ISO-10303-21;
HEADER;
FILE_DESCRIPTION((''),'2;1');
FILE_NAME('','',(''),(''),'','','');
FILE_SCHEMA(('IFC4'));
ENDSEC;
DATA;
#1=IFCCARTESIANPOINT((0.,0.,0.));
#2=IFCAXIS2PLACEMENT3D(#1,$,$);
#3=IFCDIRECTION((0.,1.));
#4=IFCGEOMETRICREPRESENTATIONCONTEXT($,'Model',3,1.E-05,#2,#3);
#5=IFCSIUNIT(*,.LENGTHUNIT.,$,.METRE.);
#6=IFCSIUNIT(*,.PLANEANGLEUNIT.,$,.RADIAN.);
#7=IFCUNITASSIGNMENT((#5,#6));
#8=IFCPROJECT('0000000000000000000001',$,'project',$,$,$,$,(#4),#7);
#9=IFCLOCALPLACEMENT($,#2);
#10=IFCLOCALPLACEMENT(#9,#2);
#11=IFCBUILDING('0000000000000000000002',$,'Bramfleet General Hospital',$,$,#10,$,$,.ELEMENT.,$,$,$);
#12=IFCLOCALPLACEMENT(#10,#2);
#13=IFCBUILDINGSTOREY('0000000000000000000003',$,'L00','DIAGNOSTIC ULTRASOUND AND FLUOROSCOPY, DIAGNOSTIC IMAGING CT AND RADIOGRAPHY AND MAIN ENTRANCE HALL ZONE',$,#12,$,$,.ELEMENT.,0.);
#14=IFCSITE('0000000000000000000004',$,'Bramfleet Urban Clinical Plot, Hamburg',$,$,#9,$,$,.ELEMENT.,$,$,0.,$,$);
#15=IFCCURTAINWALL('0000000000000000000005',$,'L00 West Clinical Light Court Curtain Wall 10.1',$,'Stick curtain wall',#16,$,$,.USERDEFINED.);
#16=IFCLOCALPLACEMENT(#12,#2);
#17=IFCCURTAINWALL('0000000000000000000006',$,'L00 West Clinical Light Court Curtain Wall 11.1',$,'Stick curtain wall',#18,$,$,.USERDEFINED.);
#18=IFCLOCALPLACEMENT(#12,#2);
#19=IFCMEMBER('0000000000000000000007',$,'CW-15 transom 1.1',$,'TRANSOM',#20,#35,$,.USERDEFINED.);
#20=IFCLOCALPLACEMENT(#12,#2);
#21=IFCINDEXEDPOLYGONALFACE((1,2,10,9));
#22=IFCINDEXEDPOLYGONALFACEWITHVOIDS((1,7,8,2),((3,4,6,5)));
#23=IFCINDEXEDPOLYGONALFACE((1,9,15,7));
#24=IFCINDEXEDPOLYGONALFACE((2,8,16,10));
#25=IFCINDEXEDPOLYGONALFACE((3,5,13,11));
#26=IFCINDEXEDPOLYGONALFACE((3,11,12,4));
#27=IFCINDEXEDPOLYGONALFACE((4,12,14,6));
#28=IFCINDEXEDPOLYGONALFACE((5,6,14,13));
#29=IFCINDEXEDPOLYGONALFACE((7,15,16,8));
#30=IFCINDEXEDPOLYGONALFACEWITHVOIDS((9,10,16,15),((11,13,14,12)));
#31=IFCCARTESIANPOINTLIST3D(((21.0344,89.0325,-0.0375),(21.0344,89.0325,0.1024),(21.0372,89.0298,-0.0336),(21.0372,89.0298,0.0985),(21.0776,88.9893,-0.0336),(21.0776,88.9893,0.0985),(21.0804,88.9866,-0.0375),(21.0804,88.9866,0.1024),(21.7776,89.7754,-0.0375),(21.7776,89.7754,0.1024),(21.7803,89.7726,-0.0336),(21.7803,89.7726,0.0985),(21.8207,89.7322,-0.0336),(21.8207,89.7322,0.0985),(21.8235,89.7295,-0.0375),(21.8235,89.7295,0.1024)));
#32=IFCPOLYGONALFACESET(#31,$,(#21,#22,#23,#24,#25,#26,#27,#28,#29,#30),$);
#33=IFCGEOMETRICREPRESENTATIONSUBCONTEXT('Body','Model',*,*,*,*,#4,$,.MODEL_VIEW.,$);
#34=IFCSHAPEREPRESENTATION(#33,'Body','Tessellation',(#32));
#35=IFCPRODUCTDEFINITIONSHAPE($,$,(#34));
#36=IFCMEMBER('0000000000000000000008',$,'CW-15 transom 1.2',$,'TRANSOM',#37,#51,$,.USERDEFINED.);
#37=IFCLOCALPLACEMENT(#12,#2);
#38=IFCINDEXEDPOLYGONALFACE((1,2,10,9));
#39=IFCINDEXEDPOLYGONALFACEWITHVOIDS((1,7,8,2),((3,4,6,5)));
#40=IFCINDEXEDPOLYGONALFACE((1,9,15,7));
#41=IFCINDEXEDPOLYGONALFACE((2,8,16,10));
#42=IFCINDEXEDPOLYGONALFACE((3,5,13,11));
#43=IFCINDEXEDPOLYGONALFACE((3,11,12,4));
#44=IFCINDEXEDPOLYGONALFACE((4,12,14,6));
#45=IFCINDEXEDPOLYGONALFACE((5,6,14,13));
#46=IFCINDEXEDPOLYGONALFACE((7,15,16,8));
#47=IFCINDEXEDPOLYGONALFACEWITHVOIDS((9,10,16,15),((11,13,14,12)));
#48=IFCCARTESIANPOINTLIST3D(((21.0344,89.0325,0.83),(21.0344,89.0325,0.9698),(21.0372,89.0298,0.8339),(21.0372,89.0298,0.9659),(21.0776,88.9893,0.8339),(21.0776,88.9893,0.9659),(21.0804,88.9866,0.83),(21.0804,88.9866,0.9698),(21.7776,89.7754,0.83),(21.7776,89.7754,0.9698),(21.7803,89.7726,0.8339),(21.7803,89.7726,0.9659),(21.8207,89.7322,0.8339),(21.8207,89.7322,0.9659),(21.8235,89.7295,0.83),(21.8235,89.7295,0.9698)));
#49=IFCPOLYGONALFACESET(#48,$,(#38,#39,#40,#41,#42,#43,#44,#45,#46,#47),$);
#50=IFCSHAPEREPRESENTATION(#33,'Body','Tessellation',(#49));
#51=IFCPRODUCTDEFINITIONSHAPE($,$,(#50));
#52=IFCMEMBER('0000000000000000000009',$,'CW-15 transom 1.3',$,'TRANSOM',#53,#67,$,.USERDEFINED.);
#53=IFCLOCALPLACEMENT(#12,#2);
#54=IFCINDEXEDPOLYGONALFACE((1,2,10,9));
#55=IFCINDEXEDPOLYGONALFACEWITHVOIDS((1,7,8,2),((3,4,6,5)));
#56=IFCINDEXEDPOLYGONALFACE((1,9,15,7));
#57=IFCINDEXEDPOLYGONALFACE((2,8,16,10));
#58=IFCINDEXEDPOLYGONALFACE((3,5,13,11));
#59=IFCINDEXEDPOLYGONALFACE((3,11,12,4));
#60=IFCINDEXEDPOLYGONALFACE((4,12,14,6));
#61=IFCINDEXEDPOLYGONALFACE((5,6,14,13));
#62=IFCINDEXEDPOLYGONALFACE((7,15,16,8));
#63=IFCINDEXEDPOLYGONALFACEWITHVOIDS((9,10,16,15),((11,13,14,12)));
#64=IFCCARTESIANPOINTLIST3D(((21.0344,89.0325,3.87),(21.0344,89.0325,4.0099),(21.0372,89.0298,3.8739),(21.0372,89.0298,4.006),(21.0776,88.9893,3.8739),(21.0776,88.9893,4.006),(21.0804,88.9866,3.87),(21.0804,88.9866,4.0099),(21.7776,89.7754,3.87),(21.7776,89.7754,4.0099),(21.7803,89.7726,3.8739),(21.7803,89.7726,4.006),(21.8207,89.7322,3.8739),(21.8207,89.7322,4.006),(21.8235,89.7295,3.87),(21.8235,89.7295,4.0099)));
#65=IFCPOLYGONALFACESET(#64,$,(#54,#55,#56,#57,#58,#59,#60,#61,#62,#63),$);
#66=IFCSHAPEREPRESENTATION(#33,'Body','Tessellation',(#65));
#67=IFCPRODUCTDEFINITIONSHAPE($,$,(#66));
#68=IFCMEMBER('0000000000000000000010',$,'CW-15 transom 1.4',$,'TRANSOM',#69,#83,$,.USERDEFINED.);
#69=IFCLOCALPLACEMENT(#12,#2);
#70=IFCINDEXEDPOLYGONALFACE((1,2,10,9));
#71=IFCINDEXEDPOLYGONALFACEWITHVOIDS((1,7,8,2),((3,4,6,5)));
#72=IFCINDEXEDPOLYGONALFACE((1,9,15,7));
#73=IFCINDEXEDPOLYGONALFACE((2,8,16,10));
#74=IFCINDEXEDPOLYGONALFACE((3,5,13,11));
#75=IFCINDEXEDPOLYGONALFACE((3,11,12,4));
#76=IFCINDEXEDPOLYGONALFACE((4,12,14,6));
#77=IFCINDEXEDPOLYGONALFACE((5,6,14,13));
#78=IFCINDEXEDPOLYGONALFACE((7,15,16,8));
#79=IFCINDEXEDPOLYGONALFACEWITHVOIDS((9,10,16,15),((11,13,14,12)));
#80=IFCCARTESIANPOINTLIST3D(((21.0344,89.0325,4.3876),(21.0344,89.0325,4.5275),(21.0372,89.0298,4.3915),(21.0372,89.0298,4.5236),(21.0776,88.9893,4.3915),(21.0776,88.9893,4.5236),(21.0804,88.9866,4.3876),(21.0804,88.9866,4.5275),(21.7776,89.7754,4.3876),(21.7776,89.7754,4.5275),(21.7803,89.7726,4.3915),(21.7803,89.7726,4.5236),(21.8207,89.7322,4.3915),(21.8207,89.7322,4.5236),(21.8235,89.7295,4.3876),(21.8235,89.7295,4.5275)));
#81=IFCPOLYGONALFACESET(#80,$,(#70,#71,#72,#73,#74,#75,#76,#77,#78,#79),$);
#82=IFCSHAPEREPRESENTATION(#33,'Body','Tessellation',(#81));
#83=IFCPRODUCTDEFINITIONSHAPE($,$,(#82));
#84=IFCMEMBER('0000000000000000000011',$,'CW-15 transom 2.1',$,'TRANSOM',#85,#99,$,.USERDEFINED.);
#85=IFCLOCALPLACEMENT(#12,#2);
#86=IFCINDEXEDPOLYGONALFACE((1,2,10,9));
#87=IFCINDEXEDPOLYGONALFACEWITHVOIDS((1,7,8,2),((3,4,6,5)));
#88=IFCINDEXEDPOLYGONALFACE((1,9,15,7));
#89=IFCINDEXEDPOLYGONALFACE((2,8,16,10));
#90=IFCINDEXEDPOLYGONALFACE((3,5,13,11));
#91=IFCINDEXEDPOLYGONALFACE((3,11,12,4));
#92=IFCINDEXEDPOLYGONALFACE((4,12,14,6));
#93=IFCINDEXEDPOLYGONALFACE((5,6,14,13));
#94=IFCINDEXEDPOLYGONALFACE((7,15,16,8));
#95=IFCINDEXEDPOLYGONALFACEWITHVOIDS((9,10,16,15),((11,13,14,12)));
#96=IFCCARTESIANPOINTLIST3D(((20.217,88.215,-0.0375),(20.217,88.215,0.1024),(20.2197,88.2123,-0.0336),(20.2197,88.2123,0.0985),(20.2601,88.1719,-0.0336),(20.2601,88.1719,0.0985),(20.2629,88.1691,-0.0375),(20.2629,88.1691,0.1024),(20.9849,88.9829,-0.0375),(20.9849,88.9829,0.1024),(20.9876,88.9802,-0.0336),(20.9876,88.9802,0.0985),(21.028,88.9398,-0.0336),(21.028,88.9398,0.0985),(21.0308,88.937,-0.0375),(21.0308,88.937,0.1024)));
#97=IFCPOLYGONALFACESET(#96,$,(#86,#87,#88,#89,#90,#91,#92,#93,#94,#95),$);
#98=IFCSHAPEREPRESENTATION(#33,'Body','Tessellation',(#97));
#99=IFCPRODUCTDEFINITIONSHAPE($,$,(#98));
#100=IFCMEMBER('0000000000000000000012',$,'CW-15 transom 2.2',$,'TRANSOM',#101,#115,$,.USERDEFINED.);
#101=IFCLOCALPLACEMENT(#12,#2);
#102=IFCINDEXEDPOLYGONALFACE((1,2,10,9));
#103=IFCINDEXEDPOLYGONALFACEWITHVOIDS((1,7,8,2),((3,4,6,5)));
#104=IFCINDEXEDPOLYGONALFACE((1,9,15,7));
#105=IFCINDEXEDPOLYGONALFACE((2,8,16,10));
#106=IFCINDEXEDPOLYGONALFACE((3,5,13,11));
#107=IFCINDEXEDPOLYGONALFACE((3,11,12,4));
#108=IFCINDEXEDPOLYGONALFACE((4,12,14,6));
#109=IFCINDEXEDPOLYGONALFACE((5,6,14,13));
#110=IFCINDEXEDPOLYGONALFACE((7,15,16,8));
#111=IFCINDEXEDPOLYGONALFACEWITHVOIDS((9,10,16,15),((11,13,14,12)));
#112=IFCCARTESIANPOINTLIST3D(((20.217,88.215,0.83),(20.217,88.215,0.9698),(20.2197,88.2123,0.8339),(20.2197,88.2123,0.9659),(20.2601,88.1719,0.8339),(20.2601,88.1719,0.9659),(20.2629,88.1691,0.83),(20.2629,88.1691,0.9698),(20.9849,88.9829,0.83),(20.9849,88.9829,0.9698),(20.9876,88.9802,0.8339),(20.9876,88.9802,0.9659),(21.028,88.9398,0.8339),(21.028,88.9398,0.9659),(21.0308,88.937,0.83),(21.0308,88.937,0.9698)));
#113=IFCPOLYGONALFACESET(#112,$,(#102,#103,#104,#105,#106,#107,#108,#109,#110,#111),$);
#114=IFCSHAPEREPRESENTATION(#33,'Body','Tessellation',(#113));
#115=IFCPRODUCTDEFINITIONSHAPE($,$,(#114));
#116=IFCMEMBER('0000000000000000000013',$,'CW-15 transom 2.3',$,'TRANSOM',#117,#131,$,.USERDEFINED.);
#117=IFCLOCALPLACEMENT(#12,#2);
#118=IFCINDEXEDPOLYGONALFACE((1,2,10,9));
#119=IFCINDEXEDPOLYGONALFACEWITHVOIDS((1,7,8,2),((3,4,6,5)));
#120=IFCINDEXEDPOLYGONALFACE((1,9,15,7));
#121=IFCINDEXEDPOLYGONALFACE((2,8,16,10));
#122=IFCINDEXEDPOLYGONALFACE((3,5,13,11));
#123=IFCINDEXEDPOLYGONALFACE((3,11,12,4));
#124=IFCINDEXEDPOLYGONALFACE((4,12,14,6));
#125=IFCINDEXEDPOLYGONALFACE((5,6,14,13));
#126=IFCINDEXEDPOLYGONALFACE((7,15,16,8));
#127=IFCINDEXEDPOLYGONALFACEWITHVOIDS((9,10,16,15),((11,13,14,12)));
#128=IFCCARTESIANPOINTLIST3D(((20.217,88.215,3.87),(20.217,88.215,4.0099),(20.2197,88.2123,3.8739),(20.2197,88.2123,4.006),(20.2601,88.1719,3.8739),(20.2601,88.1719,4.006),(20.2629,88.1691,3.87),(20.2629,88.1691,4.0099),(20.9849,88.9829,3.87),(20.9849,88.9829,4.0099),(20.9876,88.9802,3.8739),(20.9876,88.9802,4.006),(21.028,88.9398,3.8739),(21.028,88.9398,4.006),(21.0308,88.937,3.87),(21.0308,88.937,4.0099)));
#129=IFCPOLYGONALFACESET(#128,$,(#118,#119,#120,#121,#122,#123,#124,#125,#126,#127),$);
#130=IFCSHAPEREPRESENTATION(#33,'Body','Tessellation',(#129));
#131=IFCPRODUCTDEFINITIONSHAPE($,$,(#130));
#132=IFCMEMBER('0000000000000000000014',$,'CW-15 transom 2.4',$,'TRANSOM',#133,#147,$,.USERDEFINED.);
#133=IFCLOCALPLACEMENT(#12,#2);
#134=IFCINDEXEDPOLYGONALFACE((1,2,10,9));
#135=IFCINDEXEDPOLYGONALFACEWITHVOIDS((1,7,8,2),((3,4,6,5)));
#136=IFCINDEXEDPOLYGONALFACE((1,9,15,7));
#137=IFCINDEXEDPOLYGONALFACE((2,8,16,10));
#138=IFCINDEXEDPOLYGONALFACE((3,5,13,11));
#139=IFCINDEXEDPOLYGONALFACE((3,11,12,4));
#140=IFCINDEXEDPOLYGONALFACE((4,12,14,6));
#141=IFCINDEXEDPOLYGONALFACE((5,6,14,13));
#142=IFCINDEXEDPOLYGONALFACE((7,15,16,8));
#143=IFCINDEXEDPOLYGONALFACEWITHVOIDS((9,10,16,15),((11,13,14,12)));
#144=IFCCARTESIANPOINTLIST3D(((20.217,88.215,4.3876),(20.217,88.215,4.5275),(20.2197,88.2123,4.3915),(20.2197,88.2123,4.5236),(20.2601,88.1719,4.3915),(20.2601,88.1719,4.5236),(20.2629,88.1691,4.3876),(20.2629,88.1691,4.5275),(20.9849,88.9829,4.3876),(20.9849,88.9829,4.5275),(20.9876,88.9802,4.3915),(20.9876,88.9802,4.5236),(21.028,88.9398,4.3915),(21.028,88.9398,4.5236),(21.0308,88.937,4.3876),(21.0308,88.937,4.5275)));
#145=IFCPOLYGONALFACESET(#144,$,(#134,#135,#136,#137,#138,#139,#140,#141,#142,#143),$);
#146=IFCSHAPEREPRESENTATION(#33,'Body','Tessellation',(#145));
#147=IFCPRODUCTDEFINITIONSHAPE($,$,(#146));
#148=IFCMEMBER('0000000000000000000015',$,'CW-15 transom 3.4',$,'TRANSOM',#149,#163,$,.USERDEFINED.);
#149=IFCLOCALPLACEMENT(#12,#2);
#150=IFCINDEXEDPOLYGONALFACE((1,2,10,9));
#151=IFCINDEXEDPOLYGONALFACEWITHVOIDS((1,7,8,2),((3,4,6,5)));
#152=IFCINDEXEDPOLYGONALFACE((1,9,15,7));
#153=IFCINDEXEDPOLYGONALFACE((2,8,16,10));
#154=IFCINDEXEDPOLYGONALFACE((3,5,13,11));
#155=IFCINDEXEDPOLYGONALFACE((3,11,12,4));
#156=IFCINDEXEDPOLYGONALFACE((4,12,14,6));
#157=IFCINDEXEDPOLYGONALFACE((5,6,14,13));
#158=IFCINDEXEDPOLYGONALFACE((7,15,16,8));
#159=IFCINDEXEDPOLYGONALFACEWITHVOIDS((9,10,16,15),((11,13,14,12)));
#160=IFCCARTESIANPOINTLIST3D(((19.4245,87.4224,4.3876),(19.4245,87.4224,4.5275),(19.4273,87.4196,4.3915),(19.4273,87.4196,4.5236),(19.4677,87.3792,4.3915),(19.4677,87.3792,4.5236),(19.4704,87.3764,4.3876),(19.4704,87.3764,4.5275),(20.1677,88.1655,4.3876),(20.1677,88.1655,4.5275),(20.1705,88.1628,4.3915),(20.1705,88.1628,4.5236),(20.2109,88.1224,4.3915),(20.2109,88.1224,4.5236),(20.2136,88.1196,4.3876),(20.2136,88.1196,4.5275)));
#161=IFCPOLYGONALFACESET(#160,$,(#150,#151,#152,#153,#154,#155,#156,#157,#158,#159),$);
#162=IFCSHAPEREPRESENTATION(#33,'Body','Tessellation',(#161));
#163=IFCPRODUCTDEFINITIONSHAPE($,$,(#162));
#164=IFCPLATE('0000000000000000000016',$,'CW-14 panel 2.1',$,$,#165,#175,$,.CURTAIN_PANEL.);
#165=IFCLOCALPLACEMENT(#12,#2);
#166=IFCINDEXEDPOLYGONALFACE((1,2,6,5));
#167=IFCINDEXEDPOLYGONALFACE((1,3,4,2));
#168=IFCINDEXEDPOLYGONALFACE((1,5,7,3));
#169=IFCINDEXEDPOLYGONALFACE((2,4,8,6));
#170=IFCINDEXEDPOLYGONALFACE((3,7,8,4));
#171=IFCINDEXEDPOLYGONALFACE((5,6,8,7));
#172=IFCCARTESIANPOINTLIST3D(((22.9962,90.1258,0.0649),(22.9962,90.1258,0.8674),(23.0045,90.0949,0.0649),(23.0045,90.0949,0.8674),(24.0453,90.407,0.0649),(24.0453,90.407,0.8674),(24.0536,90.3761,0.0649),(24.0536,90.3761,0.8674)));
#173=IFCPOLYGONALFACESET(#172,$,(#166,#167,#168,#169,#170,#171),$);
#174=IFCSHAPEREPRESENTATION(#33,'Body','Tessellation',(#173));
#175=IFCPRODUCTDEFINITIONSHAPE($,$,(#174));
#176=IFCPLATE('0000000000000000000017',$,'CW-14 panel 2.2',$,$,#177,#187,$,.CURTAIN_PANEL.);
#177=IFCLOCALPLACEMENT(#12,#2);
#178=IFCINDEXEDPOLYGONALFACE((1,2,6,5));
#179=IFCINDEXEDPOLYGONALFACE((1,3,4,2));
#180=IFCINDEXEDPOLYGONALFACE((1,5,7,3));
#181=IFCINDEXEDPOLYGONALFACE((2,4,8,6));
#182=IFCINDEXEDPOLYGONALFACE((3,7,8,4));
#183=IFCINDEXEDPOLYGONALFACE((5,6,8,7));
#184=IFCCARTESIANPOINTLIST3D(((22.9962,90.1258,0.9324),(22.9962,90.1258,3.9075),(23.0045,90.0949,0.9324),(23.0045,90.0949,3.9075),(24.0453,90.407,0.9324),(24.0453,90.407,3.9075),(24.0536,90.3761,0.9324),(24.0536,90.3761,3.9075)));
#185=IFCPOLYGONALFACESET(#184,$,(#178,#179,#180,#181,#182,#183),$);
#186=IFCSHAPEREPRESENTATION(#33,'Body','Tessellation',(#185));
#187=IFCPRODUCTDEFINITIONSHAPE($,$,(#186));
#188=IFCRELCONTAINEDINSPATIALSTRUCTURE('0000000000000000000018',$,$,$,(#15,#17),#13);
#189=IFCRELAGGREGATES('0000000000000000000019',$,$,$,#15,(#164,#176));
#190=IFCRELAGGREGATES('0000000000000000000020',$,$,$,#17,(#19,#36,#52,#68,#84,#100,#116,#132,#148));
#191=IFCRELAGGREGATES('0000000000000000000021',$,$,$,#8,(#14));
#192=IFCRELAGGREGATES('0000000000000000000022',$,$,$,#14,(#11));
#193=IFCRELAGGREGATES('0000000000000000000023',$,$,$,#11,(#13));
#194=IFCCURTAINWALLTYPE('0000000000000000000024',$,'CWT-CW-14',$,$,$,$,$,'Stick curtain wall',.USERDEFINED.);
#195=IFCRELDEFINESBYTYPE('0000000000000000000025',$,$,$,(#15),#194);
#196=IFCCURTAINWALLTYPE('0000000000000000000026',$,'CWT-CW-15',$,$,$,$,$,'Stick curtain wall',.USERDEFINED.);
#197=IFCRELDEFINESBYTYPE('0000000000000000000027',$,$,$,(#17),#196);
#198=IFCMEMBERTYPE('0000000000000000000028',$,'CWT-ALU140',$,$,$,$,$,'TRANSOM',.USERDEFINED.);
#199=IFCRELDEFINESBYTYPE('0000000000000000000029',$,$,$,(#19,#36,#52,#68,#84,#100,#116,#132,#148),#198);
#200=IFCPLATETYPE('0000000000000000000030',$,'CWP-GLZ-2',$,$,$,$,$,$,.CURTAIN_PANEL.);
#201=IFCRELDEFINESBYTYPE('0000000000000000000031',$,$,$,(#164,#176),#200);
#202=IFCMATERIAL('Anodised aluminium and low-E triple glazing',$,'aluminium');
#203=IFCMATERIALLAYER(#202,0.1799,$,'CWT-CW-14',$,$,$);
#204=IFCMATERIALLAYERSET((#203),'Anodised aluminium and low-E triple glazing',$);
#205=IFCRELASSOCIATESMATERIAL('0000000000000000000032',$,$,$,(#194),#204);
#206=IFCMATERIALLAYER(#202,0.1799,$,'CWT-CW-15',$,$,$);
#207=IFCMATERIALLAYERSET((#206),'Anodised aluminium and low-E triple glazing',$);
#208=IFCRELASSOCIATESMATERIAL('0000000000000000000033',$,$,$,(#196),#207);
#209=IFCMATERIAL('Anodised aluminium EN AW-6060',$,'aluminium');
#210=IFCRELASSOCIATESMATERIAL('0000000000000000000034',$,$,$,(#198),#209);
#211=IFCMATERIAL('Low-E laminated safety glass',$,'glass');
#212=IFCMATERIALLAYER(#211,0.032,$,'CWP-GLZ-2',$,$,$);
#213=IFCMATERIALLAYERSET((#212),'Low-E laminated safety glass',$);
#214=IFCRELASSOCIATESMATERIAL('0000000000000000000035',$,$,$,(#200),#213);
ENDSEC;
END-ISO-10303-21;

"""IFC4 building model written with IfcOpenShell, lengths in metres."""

from ifc_helpers import new_model, si_unit, direction, frame, origin, origin_2d, place, context, subcontext, project, spatial, rectangle, hollow_rectangle, extrude, material, layer, layer_set, material_profile, profile_set, type_object, element, aggregate, save


model = new_model("IFC4")

# Units and contexts
model_context = context("Model", 3, precision=1e-05, world=origin(), true_north=direction((0.0, 1.0)))
body_context = subcontext(model_context, "Body", "Model", "MODEL_VIEW")
ifc_project = project(units=[si_unit("LENGTHUNIT", "METRE"), si_unit("PLANEANGLEUNIT", "RADIAN")], contexts=[model_context])

# Site, building, storey
site_placement = place(None, origin())
site = spatial("IfcSite", under=ifc_project, at=site_placement, Name="Bramfleet Urban Clinical Plot, Hamburg", CompositionType="ELEMENT", RefElevation=0.0)
building_placement = place(site_placement, origin())
building = spatial("IfcBuilding", under=site, at=building_placement, Name="Bramfleet General Hospital", CompositionType="ELEMENT")
storey_placement = place(building_placement, origin())
storey = spatial("IfcBuildingStorey", under=building, at=storey_placement, Name="L00", Description="DIAGNOSTIC ULTRASOUND AND FLUOROSCOPY, DIAGNOSTIC IMAGING CT AND RADIOGRAPHY AND MAIN ENTRANCE HALL ZONE", CompositionType="ELEMENT", Elevation=0.0)

# Curtain walls
ifc_material_1 = material(Name="Anodised aluminium and low-E triple glazing", Category="aluminium")
ifc_layer_1 = layer(ifc_material_1, 0.1799, Name="CWT-CW-14")
ifc_layer_set_1 = layer_set([ifc_layer_1], Name="Anodised aluminium and low-E triple glazing")
curtain_wall_type_1 = type_object("IfcCurtainWallType", Name="CWT-CW-14", ElementType="Stick curtain wall", PredefinedType="USERDEFINED", material=ifc_layer_set_1)
curtain_wall_1_placement = place(storey_placement, origin())
curtain_wall_1 = element("IfcCurtainWall", 1, at=curtain_wall_1_placement, inside=storey, type_object=curtain_wall_type_1, Name="L00 West Clinical Light Court Curtain Wall 10.1", ObjectType="Stick curtain wall", PredefinedType="USERDEFINED")
ifc_material_2 = material(Name="Anodised aluminium EN AW-6060", Category="aluminium")
ifc_layer_2 = layer(ifc_material_1, 0.1799, Name="CWT-CW-15")
ifc_layer_set_2 = layer_set([ifc_layer_2], Name="Anodised aluminium and low-E triple glazing")
curtain_wall_type_2 = type_object("IfcCurtainWallType", Name="CWT-CW-15", ElementType="Stick curtain wall", PredefinedType="USERDEFINED", material=ifc_layer_set_2)
curtain_wall_2_placement = place(storey_placement, origin())
curtain_wall_2 = element("IfcCurtainWall", 2, at=curtain_wall_2_placement, inside=storey, type_object=curtain_wall_type_2, Name="L00 West Clinical Light Court Curtain Wall 11.1", ObjectType="Stick curtain wall", PredefinedType="USERDEFINED")

# Members
ifc_material_profile_1 = material_profile(ifc_material_2, hollow_rectangle(XDim=0.0649, YDim=0.1399, WallThickness=0.0039, at=origin_2d()), Name="ALU 140x65x4.0")
ifc_profile_set_1 = profile_set([ifc_material_profile_1], Name="Anodised aluminium EN AW-6060")
member_type_1 = type_object("IfcMemberType", Name="CWT-ALU140", ElementType="TRANSOM", PredefinedType="USERDEFINED", material=ifc_profile_set_1)
member_1_placement = place(storey_placement, frame((21.8005, 89.7524, 0.0325), z_axis=(-0.707223, -0.706991, 0.0), x_axis=(0.706991, -0.707223, 0.0)))
member_1 = element("IfcMember", 3, at=member_1_placement, type_object=member_type_1, Name="CW-15 transom 1.1", ObjectType="TRANSOM", PredefinedType="USERDEFINED", context=body_context, shape_type="SweptSolid", body=[
    extrude(hollow_rectangle(XDim=0.0649, YDim=0.1399, WallThickness=0.0039, at=origin_2d()), origin(), (0.0, 0.0, 1.0), 1.0508),
])
member_2_placement = place(storey_placement, frame((21.8005, 89.7524, 0.8999), z_axis=(-0.707223, -0.706991, 0.0), x_axis=(0.706991, -0.707223, 0.0)))
member_2 = element("IfcMember", 4, at=member_2_placement, type_object=member_type_1, Name="CW-15 transom 1.2", ObjectType="TRANSOM", PredefinedType="USERDEFINED", context=body_context, shape_type="SweptSolid", body=[
    extrude(hollow_rectangle(XDim=0.0649, YDim=0.1399, WallThickness=0.0039, at=origin_2d()), origin(), (0.0, 0.0, 1.0), 1.0508),
])
member_3_placement = place(storey_placement, frame((21.8005, 89.7524, 3.9399), z_axis=(-0.707223, -0.706991, 0.0), x_axis=(0.706991, -0.707223, 0.0)))
member_3 = element("IfcMember", 5, at=member_3_placement, type_object=member_type_1, Name="CW-15 transom 1.3", ObjectType="TRANSOM", PredefinedType="USERDEFINED", context=body_context, shape_type="SweptSolid", body=[
    extrude(hollow_rectangle(XDim=0.0649, YDim=0.1399, WallThickness=0.0039, at=origin_2d()), origin(), (0.0, 0.0, 1.0), 1.0508),
])
member_4_placement = place(storey_placement, frame((21.8005, 89.7524, 4.4575), z_axis=(-0.707223, -0.706991, 0.0), x_axis=(0.706991, -0.707223, 0.0)))
member_4 = element("IfcMember", 6, at=member_4_placement, type_object=member_type_1, Name="CW-15 transom 1.4", ObjectType="TRANSOM", PredefinedType="USERDEFINED", context=body_context, shape_type="SweptSolid", body=[
    extrude(hollow_rectangle(XDim=0.0649, YDim=0.1399, WallThickness=0.0039, at=origin_2d()), origin(), (0.0, 0.0, 1.0), 1.0508),
])
member_5_placement = place(storey_placement, frame((21.0078, 88.96, 0.0325), z_axis=(-0.707107, -0.707107, 0.0), x_axis=(0.707107, -0.707107, 0.0)))
member_5 = element("IfcMember", 7, at=member_5_placement, type_object=member_type_1, Name="CW-15 transom 2.1", ObjectType="TRANSOM", PredefinedType="USERDEFINED", context=body_context, shape_type="SweptSolid", body=[
    extrude(hollow_rectangle(XDim=0.0649, YDim=0.1399, WallThickness=0.0039, at=origin_2d()), origin(), (0.0, 0.0, 1.0), 1.0859),
])
member_6_placement = place(storey_placement, frame((21.0078, 88.96, 0.8999), z_axis=(-0.707107, -0.707107, 0.0), x_axis=(0.707107, -0.707107, 0.0)))
member_6 = element("IfcMember", 8, at=member_6_placement, type_object=member_type_1, Name="CW-15 transom 2.2", ObjectType="TRANSOM", PredefinedType="USERDEFINED", context=body_context, shape_type="SweptSolid", body=[
    extrude(hollow_rectangle(XDim=0.0649, YDim=0.1399, WallThickness=0.0039, at=origin_2d()), origin(), (0.0, 0.0, 1.0), 1.0859),
])
member_7_placement = place(storey_placement, frame((21.0078, 88.96, 3.9399), z_axis=(-0.707107, -0.707107, 0.0), x_axis=(0.707107, -0.707107, 0.0)))
member_7 = element("IfcMember", 9, at=member_7_placement, type_object=member_type_1, Name="CW-15 transom 2.3", ObjectType="TRANSOM", PredefinedType="USERDEFINED", context=body_context, shape_type="SweptSolid", body=[
    extrude(hollow_rectangle(XDim=0.0649, YDim=0.1399, WallThickness=0.0039, at=origin_2d()), origin(), (0.0, 0.0, 1.0), 1.0859),
])
member_8_placement = place(storey_placement, frame((21.0078, 88.96, 4.4575), z_axis=(-0.707107, -0.707107, 0.0), x_axis=(0.707107, -0.707107, 0.0)))
member_8 = element("IfcMember", 10, at=member_8_placement, type_object=member_type_1, Name="CW-15 transom 2.4", ObjectType="TRANSOM", PredefinedType="USERDEFINED", context=body_context, shape_type="SweptSolid", body=[
    extrude(hollow_rectangle(XDim=0.0649, YDim=0.1399, WallThickness=0.0039, at=origin_2d()), origin(), (0.0, 0.0, 1.0), 1.0859),
])
member_9_placement = place(storey_placement, frame((20.1907, 88.1426, 4.4575), z_axis=(-0.707107, -0.707107, 0.0), x_axis=(0.707107, -0.707107, 0.0)))
member_9 = element("IfcMember", 11, at=member_9_placement, type_object=member_type_1, Name="CW-15 transom 3.4", ObjectType="TRANSOM", PredefinedType="USERDEFINED", context=body_context, shape_type="SweptSolid", body=[
    extrude(hollow_rectangle(XDim=0.0649, YDim=0.1399, WallThickness=0.0039, at=origin_2d()), origin(), (0.0, 0.0, 1.0), 1.051),
])

# Plates
ifc_material_3 = material(Name="Low-E laminated safety glass", Category="glass")
ifc_layer_3 = layer(ifc_material_3, 0.032, Name="CWP-GLZ-2")
ifc_layer_set_3 = layer_set([ifc_layer_3], Name="Low-E laminated safety glass")
plate_type = type_object("IfcPlateType", Name="CWP-GLZ-2", PredefinedType="CURTAIN_PANEL", material=ifc_layer_set_3)
plate_1_placement = place(storey_placement, frame((23.5249, 90.251, 0.0649), z_axis=(0.0, 0.0, 1.0), x_axis=(-0.965899, -0.258919, 0.0)))
plate_1 = element("IfcPlate", 12, at=plate_1_placement, type_object=plate_type, Name="CW-14 panel 2.1", PredefinedType="CURTAIN_PANEL", context=body_context, shape_type="SweptSolid", body=[
    extrude(rectangle(XDim=1.0862, YDim=0.032, at=origin_2d()), origin(), (0.0, 0.0, 1.0), 0.8025),
])
plate_2_placement = place(storey_placement, frame((23.5249, 90.251, 0.9324), z_axis=(0.0, 0.0, 1.0), x_axis=(-0.965899, -0.258919, 0.0)))
plate_2 = element("IfcPlate", 13, at=plate_2_placement, type_object=plate_type, Name="CW-14 panel 2.2", PredefinedType="CURTAIN_PANEL", context=body_context, shape_type="SweptSolid", body=[
    extrude(rectangle(XDim=1.0862, YDim=0.032, at=origin_2d()), origin(), (0.0, 0.0, 1.0), 2.9751),
])
aggregate(curtain_wall_1, [plate_1, plate_2])
aggregate(curtain_wall_2, [member_1, member_2, member_3, member_4, member_5, member_6, member_7, member_8, member_9])

save(model, "model.ifc")
